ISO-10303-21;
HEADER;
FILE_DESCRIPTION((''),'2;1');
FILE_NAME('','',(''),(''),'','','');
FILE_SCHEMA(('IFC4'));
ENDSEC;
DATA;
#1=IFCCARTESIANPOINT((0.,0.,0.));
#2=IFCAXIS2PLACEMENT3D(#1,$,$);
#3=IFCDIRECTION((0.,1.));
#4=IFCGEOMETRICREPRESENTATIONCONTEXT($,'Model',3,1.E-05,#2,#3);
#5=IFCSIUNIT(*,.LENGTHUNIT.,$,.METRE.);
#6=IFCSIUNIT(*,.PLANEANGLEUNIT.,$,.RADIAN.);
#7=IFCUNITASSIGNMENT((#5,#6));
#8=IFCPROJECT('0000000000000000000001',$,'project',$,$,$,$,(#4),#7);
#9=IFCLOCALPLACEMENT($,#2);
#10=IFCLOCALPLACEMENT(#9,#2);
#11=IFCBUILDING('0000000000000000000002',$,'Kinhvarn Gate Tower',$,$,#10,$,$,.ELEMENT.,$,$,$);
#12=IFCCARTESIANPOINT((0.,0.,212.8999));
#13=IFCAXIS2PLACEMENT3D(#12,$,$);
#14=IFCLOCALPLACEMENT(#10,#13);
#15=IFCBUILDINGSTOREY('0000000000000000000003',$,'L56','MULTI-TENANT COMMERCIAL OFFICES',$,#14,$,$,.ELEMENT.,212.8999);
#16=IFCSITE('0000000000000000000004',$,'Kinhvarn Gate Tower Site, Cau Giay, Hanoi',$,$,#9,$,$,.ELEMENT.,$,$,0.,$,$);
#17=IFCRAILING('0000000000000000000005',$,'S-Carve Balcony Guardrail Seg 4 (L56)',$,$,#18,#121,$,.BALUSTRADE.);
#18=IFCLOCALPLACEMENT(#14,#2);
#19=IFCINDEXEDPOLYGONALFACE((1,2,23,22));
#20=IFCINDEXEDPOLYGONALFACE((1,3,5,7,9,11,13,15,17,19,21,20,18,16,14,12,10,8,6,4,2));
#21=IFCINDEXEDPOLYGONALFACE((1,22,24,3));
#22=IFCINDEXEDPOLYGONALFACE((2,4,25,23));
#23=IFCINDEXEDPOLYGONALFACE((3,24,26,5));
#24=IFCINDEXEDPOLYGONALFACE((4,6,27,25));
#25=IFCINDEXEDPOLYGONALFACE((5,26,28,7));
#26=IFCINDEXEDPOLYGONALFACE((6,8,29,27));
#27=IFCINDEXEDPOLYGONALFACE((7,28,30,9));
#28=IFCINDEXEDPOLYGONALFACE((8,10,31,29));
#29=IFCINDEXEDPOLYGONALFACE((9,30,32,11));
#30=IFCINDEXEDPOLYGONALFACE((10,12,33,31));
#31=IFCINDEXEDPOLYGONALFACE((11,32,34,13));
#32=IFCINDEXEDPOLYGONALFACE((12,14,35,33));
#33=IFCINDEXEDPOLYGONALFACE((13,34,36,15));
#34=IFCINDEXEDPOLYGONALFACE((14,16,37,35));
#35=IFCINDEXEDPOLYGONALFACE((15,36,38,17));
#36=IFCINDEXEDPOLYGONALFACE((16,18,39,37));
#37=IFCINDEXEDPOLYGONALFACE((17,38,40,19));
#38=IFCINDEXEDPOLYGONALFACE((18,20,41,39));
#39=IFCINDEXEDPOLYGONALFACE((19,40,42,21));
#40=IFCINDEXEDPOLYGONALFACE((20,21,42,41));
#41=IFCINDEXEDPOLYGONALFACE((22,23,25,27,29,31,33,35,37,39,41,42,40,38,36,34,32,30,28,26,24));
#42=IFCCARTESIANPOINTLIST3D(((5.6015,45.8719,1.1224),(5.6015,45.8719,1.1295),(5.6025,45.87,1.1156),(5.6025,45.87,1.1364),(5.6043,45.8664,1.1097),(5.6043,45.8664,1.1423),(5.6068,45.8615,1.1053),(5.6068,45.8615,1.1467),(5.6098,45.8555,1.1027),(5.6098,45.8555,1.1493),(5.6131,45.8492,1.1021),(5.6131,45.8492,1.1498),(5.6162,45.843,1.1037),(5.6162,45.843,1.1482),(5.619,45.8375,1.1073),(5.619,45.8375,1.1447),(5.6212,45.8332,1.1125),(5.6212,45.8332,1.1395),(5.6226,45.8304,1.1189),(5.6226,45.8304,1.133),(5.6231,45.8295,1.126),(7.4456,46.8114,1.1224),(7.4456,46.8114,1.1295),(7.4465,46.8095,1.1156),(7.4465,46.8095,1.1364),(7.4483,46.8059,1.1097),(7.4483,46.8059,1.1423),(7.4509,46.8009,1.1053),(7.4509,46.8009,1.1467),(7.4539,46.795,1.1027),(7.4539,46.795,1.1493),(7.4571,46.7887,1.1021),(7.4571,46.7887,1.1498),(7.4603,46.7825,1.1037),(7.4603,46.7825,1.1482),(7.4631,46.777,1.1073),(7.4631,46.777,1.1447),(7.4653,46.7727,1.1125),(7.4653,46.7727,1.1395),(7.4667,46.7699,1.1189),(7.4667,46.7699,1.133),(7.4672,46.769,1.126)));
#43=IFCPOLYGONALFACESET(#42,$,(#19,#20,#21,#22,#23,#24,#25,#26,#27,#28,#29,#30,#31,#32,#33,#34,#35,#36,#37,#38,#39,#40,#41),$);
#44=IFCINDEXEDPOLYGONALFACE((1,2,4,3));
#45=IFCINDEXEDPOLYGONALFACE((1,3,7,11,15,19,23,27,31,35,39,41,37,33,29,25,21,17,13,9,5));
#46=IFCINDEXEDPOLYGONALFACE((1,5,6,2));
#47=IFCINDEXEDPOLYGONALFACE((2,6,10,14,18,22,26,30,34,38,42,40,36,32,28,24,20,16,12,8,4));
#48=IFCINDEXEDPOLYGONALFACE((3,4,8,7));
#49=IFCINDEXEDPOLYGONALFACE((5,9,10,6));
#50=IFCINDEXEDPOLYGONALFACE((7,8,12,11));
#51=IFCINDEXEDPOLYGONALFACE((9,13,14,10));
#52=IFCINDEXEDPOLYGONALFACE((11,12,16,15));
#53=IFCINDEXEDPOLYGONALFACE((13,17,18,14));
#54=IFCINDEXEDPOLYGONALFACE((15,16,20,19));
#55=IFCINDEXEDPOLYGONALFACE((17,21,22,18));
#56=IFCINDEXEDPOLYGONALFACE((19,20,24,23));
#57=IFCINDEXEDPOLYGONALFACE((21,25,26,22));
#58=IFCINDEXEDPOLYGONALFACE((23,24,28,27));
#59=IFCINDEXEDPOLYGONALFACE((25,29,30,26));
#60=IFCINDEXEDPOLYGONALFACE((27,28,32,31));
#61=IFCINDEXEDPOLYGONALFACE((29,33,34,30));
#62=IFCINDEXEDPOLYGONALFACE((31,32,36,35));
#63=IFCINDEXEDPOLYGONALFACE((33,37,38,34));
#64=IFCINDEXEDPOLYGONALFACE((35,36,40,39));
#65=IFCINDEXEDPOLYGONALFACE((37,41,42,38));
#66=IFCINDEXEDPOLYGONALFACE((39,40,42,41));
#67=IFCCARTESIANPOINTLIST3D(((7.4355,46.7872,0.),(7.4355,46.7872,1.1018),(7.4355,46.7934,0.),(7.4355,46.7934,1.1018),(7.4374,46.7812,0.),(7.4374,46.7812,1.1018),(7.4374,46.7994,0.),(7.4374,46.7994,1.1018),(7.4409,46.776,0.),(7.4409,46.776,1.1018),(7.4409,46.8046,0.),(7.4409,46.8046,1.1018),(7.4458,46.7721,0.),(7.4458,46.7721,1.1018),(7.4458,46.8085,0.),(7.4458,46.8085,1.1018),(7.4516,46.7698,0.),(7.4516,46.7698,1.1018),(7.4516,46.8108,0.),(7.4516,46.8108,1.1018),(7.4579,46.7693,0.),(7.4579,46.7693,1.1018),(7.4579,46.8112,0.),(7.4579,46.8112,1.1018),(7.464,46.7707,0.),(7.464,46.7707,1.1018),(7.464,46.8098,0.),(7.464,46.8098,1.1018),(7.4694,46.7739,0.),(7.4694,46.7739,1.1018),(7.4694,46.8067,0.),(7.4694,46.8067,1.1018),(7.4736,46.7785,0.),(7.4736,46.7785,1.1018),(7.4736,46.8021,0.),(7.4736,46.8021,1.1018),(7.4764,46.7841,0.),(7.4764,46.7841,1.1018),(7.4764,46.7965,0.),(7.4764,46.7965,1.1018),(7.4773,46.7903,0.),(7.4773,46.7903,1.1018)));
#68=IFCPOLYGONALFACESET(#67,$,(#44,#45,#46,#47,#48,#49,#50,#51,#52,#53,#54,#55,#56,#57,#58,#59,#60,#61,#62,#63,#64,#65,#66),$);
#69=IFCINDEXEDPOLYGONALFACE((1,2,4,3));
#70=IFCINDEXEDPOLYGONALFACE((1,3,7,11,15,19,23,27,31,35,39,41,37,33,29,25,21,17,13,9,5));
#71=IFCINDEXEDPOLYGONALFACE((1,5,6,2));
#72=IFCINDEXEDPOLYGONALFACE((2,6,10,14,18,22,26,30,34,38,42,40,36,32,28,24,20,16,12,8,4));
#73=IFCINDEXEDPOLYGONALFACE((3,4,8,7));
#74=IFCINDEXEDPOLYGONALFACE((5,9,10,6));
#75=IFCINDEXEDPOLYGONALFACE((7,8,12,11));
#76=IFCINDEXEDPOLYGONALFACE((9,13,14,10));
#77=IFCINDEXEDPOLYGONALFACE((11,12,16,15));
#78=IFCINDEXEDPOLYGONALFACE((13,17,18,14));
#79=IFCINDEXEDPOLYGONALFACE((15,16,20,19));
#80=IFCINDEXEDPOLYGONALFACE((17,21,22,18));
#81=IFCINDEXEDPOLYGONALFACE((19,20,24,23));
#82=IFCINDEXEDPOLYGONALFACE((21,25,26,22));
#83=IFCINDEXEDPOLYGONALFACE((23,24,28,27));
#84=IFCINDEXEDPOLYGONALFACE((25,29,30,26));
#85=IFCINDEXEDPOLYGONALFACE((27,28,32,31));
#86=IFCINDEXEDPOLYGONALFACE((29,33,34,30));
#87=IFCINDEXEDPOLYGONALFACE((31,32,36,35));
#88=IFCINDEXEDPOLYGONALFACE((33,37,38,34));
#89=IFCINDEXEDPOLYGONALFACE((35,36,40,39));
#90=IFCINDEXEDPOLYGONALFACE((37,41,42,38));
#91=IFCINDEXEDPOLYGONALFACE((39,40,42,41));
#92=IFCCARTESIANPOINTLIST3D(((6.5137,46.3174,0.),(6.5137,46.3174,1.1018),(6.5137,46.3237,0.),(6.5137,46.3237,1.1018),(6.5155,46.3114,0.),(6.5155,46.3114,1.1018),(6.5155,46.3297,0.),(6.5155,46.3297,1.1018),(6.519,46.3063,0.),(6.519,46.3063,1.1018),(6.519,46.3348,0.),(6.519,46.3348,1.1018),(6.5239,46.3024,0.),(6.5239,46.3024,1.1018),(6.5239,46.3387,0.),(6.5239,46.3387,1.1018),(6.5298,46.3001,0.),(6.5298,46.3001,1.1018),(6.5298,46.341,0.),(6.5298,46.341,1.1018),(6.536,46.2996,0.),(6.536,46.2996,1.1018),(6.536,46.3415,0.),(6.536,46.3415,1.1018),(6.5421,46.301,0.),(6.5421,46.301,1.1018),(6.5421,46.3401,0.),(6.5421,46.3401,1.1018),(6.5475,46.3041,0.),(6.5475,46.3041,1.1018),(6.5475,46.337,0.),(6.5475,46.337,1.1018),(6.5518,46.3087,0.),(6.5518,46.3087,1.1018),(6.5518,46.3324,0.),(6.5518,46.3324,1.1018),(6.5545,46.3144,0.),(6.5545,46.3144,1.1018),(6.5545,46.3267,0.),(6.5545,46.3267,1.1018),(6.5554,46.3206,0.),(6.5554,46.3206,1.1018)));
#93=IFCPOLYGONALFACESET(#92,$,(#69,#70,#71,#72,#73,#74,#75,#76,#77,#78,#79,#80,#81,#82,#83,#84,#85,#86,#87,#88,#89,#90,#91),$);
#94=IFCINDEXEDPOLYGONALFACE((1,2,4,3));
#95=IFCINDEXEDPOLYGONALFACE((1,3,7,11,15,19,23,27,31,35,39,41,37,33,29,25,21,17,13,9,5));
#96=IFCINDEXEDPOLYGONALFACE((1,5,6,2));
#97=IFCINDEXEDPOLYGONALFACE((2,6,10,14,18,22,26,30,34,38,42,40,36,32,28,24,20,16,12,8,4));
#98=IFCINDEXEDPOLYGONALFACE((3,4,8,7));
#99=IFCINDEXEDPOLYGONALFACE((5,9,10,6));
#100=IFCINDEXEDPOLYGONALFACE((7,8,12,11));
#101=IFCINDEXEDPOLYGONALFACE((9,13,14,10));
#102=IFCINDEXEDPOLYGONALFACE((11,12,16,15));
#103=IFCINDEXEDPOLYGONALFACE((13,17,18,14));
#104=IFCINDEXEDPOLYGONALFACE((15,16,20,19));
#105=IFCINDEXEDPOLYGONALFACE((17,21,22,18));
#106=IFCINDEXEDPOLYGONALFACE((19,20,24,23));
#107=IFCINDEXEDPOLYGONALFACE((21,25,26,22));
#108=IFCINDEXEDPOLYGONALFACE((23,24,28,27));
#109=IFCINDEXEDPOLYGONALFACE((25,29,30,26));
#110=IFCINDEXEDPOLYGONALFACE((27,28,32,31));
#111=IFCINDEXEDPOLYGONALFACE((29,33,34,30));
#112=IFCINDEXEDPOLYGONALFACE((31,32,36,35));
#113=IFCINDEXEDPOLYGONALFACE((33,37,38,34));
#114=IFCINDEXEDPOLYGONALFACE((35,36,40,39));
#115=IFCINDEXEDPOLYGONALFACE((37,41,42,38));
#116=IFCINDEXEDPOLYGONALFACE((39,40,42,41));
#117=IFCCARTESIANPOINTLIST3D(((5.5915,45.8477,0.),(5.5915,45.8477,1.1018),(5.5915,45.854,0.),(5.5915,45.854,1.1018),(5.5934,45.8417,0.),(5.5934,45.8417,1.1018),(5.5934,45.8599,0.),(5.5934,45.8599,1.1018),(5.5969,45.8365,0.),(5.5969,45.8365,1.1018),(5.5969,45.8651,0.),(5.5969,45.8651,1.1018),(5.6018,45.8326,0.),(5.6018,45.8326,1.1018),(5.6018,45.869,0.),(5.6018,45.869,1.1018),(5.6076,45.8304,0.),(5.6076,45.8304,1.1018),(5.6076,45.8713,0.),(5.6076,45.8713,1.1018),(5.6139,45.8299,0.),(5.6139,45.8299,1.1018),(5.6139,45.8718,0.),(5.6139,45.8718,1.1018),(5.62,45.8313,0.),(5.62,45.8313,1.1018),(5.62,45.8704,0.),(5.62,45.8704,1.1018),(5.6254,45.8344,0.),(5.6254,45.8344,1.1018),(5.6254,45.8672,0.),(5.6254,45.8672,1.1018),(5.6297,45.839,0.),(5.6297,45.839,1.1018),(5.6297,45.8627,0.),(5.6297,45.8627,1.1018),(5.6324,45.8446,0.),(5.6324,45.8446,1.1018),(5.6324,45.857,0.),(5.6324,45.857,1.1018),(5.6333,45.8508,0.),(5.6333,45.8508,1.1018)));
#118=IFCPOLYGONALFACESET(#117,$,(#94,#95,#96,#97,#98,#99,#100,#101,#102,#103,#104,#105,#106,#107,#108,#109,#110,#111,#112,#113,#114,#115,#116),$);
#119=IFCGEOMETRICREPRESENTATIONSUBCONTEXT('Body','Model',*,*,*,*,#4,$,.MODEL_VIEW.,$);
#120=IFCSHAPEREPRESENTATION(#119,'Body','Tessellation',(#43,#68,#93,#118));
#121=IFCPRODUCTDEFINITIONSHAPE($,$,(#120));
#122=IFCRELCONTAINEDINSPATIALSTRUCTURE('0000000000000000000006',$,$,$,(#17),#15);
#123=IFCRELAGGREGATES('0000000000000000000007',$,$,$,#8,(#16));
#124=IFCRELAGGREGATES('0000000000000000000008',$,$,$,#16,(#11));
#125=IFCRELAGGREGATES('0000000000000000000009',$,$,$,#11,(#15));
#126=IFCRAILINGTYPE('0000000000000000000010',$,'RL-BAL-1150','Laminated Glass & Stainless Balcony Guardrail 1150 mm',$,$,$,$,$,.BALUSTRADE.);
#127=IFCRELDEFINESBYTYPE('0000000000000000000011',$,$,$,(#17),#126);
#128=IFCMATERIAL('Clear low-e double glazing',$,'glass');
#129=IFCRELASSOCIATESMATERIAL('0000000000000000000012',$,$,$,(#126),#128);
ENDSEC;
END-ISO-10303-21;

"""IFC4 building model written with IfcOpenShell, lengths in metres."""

from ifc_helpers import new_model, si_unit, direction, frame, origin, origin_2d, place, context, subcontext, project, spatial, circle, extrude, material, type_object, element, save


model = new_model("IFC4")

# Units and contexts
model_context = context("Model", 3, precision=1e-05, world=origin(), true_north=direction((0.0, 1.0)))
body_context = subcontext(model_context, "Body", "Model", "MODEL_VIEW")
ifc_project = project(units=[si_unit("LENGTHUNIT", "METRE"), si_unit("PLANEANGLEUNIT", "RADIAN")], contexts=[model_context])

# Site, building, storey
site_placement = place(None, origin())
site = spatial("IfcSite", under=ifc_project, at=site_placement, Name="Kinhvarn Gate Tower Site, Cau Giay, Hanoi", CompositionType="ELEMENT", RefElevation=0.0)
building_placement = place(site_placement, origin())
building = spatial("IfcBuilding", under=site, at=building_placement, Name="Kinhvarn Gate Tower", CompositionType="ELEMENT")
storey_placement = place(building_placement, frame((0.0, 0.0, 212.8999)))
storey = spatial("IfcBuildingStorey", under=building, at=storey_placement, Name="L56", Description="MULTI-TENANT COMMERCIAL OFFICES", CompositionType="ELEMENT", Elevation=212.8999)

# Shared definitions
ifc_material_1 = material(Name="Clear low-e double glazing", Category="glass")

# Railing
railing_type = type_object("IfcRailingType", Name="RL-BAL-1150", Description="Laminated Glass & Stainless Balcony Guardrail 1150 mm", PredefinedType="BALUSTRADE", material=ifc_material_1)
railing_1_placement = place(storey_placement, frame((7.4563, 46.7903, 0.0)))
element("IfcRailing", 1, at=railing_1_placement, inside=storey, type_object=railing_type, Name="S-Carve Balcony Guardrail Seg 4 (L56)", PredefinedType="BALUSTRADE", context=body_context, shape_type="SweptSolid", body=[
    extrude(circle(Radius=0.0239, at=origin_2d()), frame((0.0, 0.0, 1.126), z_axis=(-0.891028, -0.453949, 0.0), x_axis=(0.453949, -0.891028, 0.0)), (0.0, 0.0, 1.0), 2.0696),
    extrude(circle(Radius=0.021, at=origin_2d()), origin(), (0.0, 0.0, 1.0), 1.1018),
    extrude(circle(Radius=0.021, at=origin_2d()), frame((-0.9219, -0.4697, 0.0)), (0.0, 0.0, 1.0), 1.1018),
    extrude(circle(Radius=0.021, at=origin_2d()), frame((-1.844, -0.9395, 0.0)), (0.0, 0.0, 1.0), 1.1018),
])

save(model, "model.ifc")
